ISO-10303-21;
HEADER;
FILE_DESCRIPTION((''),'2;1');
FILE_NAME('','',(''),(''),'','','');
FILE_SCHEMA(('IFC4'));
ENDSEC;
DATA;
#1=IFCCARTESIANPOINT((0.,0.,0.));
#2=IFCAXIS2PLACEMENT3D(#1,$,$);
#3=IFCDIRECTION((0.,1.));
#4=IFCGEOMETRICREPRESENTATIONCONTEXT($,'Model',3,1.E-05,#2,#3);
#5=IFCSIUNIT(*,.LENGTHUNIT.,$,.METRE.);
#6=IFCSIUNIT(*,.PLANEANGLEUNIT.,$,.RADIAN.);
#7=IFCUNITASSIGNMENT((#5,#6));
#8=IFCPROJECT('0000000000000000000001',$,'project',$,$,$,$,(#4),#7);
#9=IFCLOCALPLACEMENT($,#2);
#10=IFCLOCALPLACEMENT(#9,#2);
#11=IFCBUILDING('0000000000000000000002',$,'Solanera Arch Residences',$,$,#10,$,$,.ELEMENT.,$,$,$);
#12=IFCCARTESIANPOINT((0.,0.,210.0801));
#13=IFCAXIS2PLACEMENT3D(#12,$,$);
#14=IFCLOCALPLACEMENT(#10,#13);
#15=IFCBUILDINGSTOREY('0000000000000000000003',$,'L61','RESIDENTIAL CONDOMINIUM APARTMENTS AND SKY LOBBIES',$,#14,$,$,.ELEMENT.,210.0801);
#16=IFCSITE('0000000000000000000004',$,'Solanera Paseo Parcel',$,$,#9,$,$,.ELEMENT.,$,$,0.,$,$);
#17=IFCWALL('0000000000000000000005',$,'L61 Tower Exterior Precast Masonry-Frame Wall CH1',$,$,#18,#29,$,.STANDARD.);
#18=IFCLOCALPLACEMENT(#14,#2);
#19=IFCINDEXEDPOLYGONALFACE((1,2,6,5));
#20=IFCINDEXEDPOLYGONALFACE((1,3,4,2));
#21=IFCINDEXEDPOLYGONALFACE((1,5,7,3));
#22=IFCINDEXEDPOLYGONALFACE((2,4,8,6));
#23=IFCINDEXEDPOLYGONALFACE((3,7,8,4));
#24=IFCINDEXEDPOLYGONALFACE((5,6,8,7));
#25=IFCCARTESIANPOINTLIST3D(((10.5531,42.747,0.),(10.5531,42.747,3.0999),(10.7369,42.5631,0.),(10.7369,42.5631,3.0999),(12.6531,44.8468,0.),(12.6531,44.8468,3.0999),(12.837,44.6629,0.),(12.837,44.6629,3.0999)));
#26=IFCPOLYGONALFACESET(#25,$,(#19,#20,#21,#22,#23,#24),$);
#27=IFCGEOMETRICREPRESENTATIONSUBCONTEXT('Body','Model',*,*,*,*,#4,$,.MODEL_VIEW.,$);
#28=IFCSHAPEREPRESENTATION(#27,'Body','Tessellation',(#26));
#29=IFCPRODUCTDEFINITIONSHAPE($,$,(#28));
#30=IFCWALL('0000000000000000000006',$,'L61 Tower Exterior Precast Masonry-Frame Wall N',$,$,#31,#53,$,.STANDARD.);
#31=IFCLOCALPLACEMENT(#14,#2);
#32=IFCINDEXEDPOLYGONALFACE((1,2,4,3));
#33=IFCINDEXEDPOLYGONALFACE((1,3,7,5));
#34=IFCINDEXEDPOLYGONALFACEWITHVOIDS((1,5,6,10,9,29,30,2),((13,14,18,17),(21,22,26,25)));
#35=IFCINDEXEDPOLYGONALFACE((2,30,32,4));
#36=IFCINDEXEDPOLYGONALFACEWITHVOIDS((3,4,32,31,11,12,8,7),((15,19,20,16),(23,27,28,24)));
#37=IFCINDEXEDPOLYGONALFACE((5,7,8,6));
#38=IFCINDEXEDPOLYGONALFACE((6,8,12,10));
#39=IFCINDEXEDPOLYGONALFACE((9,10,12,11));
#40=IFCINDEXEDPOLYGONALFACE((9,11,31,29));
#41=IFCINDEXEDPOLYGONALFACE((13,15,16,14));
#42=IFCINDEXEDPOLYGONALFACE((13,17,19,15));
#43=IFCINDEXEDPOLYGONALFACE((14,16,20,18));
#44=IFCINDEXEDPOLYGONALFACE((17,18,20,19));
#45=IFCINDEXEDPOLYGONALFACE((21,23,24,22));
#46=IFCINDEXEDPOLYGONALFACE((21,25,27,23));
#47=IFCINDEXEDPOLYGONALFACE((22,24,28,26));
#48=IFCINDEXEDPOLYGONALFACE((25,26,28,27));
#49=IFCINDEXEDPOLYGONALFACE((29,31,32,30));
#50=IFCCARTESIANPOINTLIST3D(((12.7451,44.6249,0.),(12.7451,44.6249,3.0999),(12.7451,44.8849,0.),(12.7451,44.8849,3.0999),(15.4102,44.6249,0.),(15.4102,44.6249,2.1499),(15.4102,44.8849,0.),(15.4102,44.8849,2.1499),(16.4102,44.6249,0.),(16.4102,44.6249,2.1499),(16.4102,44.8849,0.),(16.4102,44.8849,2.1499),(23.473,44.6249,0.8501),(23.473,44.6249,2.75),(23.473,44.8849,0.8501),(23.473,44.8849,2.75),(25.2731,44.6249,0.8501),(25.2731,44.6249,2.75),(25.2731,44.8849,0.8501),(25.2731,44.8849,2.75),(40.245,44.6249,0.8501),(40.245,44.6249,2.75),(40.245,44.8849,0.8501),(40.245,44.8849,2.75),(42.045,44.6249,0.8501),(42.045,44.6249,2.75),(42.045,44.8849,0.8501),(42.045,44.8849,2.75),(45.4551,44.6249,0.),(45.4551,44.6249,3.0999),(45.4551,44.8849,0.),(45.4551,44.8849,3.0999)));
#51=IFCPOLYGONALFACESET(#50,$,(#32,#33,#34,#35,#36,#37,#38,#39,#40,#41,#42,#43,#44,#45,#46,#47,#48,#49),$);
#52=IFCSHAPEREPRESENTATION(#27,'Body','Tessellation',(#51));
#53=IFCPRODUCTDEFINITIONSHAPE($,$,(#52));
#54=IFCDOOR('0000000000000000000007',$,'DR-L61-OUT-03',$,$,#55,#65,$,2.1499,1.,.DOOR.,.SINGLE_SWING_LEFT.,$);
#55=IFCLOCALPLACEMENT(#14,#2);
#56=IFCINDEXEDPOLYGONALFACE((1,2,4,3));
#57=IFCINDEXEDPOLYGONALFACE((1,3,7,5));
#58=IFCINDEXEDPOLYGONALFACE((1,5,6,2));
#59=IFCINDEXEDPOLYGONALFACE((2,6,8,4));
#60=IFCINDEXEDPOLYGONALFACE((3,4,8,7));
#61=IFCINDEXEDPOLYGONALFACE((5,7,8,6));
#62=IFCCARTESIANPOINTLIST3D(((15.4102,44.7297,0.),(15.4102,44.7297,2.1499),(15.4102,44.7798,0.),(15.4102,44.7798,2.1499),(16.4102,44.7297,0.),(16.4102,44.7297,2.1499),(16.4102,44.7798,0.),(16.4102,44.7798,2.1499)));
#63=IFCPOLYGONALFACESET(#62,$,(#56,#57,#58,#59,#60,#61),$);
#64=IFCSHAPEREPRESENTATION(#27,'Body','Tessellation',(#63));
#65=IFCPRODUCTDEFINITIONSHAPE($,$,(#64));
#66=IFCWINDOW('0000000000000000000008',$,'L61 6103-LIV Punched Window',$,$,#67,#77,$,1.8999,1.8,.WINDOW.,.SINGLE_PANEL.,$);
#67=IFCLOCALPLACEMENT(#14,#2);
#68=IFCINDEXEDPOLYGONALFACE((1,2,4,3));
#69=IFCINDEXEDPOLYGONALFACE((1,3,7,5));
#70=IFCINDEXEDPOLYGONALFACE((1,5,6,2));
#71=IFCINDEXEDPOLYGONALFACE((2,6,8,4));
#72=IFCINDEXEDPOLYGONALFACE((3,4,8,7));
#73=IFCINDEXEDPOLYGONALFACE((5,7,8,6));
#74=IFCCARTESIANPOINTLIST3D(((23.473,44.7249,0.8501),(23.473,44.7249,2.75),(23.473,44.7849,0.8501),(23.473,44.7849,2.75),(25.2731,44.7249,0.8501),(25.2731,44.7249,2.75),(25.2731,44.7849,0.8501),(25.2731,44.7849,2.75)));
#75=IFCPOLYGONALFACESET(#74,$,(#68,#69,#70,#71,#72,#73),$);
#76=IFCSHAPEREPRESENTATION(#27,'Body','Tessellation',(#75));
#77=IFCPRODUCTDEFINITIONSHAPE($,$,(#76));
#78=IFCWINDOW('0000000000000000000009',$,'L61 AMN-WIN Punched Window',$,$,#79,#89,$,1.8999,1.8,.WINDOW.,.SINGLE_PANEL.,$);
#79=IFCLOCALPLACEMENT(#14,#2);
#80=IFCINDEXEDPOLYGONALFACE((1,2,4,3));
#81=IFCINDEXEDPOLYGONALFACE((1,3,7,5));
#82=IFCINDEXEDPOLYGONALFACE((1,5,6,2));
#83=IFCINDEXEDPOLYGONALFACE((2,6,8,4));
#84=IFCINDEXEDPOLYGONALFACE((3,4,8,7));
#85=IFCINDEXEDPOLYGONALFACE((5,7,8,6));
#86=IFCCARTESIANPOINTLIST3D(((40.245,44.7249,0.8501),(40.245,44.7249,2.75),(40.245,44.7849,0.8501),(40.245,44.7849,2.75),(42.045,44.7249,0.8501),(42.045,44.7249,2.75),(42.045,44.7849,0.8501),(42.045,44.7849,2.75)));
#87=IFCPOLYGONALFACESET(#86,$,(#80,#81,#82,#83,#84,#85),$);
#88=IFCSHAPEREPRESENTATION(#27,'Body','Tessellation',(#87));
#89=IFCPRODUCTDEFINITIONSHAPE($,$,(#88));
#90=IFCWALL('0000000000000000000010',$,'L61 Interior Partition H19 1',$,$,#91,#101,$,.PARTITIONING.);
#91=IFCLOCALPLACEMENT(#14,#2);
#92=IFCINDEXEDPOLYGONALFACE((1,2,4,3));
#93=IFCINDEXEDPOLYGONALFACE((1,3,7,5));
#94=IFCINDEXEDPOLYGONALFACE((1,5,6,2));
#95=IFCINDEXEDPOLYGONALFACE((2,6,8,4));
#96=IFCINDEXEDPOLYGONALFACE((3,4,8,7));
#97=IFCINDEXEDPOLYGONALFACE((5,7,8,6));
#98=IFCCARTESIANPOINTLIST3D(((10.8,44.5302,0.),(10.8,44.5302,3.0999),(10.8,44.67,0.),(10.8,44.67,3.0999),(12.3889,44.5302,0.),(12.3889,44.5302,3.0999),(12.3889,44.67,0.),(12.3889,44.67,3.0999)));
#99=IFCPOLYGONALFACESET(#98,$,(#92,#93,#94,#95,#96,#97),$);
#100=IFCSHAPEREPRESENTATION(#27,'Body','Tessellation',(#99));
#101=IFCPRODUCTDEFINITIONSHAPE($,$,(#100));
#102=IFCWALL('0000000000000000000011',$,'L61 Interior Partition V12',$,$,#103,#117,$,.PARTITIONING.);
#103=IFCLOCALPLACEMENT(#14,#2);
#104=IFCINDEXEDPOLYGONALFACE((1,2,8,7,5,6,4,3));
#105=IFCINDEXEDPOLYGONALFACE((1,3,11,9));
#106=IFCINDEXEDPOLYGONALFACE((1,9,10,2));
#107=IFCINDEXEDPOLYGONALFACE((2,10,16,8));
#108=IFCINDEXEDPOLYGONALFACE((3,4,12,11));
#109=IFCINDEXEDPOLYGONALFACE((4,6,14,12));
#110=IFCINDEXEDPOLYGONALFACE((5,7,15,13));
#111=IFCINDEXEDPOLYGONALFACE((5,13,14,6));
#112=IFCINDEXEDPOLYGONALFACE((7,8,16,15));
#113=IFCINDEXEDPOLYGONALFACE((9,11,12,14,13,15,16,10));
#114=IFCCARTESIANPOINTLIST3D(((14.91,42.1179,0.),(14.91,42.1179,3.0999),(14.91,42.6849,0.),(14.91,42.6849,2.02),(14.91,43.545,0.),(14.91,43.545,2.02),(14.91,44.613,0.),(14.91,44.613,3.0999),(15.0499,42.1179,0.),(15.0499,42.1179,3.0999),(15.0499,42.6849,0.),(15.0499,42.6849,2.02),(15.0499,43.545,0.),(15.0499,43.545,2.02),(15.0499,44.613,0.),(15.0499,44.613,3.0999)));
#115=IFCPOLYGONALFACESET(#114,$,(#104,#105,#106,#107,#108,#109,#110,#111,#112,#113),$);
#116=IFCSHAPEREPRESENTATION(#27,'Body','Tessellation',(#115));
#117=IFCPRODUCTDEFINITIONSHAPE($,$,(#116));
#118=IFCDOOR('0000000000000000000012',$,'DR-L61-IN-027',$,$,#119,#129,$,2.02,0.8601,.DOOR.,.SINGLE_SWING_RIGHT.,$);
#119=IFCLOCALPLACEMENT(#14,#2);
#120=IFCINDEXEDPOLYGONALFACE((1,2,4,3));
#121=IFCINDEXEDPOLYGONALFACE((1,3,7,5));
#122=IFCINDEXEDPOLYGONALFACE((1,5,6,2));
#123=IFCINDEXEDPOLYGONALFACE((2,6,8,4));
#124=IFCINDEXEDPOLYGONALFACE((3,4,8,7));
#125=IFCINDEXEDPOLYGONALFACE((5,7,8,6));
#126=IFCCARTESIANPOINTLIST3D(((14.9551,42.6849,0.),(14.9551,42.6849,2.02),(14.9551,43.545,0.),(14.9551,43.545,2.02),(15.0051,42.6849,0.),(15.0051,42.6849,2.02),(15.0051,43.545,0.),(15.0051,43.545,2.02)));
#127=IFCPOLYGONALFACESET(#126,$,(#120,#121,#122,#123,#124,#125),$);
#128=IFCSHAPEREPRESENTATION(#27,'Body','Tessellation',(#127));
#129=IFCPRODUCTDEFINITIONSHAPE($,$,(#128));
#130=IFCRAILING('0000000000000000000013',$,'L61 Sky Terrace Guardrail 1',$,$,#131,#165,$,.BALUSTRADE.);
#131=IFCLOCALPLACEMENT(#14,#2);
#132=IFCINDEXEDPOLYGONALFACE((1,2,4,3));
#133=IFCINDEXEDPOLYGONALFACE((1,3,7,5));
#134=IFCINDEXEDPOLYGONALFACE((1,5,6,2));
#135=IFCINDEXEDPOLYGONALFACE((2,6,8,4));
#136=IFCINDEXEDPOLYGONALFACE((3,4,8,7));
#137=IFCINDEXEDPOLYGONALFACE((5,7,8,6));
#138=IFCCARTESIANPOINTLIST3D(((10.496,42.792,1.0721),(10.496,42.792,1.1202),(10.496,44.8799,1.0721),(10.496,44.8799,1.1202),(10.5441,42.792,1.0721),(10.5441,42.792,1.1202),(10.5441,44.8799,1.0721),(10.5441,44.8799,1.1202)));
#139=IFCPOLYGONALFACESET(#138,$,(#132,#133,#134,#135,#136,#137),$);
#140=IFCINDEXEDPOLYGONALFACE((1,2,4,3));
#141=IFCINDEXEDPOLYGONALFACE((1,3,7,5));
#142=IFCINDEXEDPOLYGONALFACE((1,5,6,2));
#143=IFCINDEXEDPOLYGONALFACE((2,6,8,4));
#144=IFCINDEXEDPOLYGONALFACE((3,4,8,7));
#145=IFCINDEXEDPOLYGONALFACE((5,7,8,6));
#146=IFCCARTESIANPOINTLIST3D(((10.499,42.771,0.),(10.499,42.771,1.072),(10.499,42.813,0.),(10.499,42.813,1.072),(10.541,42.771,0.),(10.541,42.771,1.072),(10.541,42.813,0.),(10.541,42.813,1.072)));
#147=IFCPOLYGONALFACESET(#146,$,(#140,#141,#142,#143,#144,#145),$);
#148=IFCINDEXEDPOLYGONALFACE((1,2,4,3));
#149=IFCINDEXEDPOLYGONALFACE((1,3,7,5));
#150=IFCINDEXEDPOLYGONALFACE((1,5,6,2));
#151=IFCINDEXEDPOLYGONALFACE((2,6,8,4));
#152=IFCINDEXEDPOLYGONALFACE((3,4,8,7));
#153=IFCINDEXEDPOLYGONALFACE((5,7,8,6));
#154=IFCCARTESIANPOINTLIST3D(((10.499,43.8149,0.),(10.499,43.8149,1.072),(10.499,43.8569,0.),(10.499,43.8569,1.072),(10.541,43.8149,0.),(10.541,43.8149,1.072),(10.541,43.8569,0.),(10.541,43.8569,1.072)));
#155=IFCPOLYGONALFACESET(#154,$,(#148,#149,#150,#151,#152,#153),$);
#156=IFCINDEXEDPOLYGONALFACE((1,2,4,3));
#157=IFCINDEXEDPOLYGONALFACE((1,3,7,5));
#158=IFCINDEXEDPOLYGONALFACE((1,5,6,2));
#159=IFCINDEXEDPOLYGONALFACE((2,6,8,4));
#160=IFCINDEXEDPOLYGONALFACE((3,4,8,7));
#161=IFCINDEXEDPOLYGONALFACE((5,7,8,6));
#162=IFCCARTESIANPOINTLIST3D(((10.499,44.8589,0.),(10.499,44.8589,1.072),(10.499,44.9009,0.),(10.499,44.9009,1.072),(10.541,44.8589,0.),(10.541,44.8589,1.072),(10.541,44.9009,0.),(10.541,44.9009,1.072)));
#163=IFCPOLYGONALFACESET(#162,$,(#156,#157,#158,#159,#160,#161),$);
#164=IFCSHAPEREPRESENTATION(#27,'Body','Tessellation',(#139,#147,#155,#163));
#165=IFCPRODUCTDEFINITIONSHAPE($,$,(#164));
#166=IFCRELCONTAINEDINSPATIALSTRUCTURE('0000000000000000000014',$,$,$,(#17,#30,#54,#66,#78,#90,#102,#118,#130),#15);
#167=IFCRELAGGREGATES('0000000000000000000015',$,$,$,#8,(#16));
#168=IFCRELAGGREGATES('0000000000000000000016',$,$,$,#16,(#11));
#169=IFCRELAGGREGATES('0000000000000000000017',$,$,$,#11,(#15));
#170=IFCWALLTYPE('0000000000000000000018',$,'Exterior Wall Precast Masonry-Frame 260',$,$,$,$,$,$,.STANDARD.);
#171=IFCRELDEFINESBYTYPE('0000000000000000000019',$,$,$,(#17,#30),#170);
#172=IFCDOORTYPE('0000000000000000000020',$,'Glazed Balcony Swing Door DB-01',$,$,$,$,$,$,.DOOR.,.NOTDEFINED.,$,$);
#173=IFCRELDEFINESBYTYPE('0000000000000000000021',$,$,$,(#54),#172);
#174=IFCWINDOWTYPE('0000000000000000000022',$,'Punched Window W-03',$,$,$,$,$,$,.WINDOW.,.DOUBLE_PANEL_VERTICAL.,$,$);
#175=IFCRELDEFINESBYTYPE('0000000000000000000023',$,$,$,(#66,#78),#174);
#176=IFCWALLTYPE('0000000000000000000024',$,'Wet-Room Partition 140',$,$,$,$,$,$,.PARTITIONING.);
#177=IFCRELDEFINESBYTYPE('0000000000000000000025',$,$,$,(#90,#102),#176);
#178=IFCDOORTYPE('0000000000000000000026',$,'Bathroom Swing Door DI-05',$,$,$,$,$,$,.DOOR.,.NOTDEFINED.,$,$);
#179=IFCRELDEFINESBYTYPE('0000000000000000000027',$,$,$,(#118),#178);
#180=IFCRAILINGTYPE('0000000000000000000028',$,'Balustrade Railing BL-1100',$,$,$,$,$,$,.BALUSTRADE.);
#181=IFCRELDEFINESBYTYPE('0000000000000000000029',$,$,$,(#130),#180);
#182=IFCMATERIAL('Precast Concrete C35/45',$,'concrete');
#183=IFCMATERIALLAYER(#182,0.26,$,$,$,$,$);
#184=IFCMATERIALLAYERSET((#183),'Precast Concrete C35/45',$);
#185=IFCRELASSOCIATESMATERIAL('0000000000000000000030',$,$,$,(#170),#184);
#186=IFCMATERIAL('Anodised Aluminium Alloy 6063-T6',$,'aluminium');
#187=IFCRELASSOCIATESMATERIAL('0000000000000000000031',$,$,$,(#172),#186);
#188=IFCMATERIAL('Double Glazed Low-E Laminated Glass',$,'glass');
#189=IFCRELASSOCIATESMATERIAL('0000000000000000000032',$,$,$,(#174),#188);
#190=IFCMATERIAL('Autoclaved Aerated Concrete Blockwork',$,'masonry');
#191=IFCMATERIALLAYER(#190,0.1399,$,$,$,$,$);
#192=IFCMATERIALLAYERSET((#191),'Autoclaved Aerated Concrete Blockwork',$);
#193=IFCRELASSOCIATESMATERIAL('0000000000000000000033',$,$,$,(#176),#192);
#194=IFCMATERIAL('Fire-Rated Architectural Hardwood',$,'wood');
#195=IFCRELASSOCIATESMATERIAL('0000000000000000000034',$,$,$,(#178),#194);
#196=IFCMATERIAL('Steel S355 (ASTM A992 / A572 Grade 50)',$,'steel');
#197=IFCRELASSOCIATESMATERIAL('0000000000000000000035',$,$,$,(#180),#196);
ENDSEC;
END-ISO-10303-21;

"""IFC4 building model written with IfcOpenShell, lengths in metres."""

from ifc_helpers import new_model, si_unit, direction, frame, frame_2d, origin, origin_2d, place, context, subcontext, project, spatial, rectangle, extrude, material, layer, layer_set, type_object, element, fill, save


model = new_model("IFC4")

# Units and contexts
model_context = context("Model", 3, precision=1e-05, world=origin(), true_north=direction((0.0, 1.0)))
body_context = subcontext(model_context, "Body", "Model", "MODEL_VIEW")
ifc_project = project(units=[si_unit("LENGTHUNIT", "METRE"), si_unit("PLANEANGLEUNIT", "RADIAN")], contexts=[model_context])

# Site, building, storey
site_placement = place(None, origin())
site = spatial("IfcSite", under=ifc_project, at=site_placement, Name="Solanera Paseo Parcel", CompositionType="ELEMENT", RefElevation=0.0)
building_placement = place(site_placement, origin())
building = spatial("IfcBuilding", under=site, at=building_placement, Name="Solanera Arch Residences", CompositionType="ELEMENT")
storey_placement = place(building_placement, frame((0.0, 0.0, 210.0801)))
storey = spatial("IfcBuildingStorey", under=building, at=storey_placement, Name="L61", Description="RESIDENTIAL CONDOMINIUM APARTMENTS AND SKY LOBBIES", CompositionType="ELEMENT", Elevation=210.0801)

# Wall
ifc_material_1 = material(Name="Precast Concrete C35/45", Category="concrete")
ifc_layer_1 = layer(ifc_material_1, 0.26)
ifc_layer_set_1 = layer_set([ifc_layer_1], Name="Precast Concrete C35/45")
wall_type_1 = type_object("IfcWallType", Name="Exterior Wall Precast Masonry-Frame 260", PredefinedType="STANDARD", material=ifc_layer_set_1)
wall_1_placement = place(storey_placement, frame((10.645, 42.655, 0.0), z_axis=(0.0, 0.0, 1.0), x_axis=(0.707148, 0.707066, 0.0)))
element("IfcWall", 1, at=wall_1_placement, inside=storey, type_object=wall_type_1, Name="L61 Tower Exterior Precast Masonry-Frame Wall CH1", PredefinedType="STANDARD", context=body_context, shape_type="SweptSolid", body=[
    extrude(rectangle(XDim=2.9697, YDim=0.26, at=frame_2d((1.4849, 0.0))), origin(), (0.0, 0.0, 1.0), 3.0999),
])

# Wall, openings, door, windows
wall_2_placement = place(storey_placement, frame((12.7451, 44.7549, 0.0), z_axis=(0.0, 0.0, 1.0), x_axis=(1.0, 0.0, 0.0)))
wall_2 = element("IfcWall", 2, at=wall_2_placement, inside=storey, type_object=wall_type_1, Name="L61 Tower Exterior Precast Masonry-Frame Wall N", PredefinedType="STANDARD", context=body_context, shape_type="SweptSolid", body=[
    extrude(rectangle(XDim=32.71, YDim=0.26, at=frame_2d((16.355, 0.0))), origin(), (0.0, 0.0, 1.0), 3.0999),
])
opening_1_placement = place(wall_2_placement, frame((2.665, 0.0, 0.0)))
opening_1 = element("IfcOpeningElement", 3, at=opening_1_placement, cuts=wall_2, PredefinedType="OPENING", context=body_context, shape_type="SweptSolid", body=[
    extrude(rectangle(XDim=1.0, YDim=2.1499, at=frame_2d((0.5, 1.075))), frame((0.0, 0.1399, 0.0), z_axis=(0.0, -1.0, 0.0), x_axis=(1.0, 0.0, 0.0)), (0.0, 0.0, 1.0), 0.28),
])
opening_2_placement = place(wall_2_placement, frame((10.728, 0.0, 0.8501)))
opening_2 = element("IfcOpeningElement", 4, at=opening_2_placement, cuts=wall_2, PredefinedType="OPENING", context=body_context, shape_type="SweptSolid", body=[
    extrude(rectangle(XDim=1.8, YDim=1.8999, at=frame_2d((0.8999, 0.95))), frame((0.0, 0.1399, 0.0), z_axis=(0.0, -1.0, 0.0), x_axis=(1.0, 0.0, 0.0)), (0.0, 0.0, 1.0), 0.28),
])
opening_3_placement = place(wall_2_placement, frame((27.5, 0.0, 0.8501)))
opening_3 = element("IfcOpeningElement", 5, at=opening_3_placement, cuts=wall_2, PredefinedType="OPENING", context=body_context, shape_type="SweptSolid", body=[
    extrude(rectangle(XDim=1.8, YDim=1.8999, at=frame_2d((0.8999, 0.95))), frame((0.0, 0.1399, 0.0), z_axis=(0.0, -1.0, 0.0), x_axis=(1.0, 0.0, 0.0)), (0.0, 0.0, 1.0), 0.28),
])
ifc_material_2 = material(Name="Anodised Aluminium Alloy 6063-T6", Category="aluminium")
door_type_1 = type_object("IfcDoorType", Name="Glazed Balcony Swing Door DB-01", OperationType="NOTDEFINED", PredefinedType="DOOR", material=ifc_material_2)
door_1_placement = place(opening_1_placement, origin())
door_1 = element("IfcDoor", 6, at=door_1_placement, inside=storey, type_object=door_type_1, Name="DR-L61-OUT-03", OperationType="SINGLE_SWING_LEFT", OverallHeight=2.1499, OverallWidth=1.0, PredefinedType="DOOR", context=body_context, shape_type="SweptSolid", body=[
    extrude(rectangle(XDim=1.0, YDim=2.1499, at=frame_2d((0.5, 1.075))), frame((0.0, 0.0249, 0.0), z_axis=(0.0, -1.0, 0.0), x_axis=(1.0, 0.0, 0.0)), (0.0, 0.0, 1.0), 0.05),
])
fill(opening_1, door_1)
ifc_material_3 = material(Name="Double Glazed Low-E Laminated Glass", Category="glass")
window_type = type_object("IfcWindowType", Name="Punched Window W-03", PartitioningType="DOUBLE_PANEL_VERTICAL", PredefinedType="WINDOW", material=ifc_material_3)
window_1_placement = place(opening_2_placement, origin())
window_1 = element("IfcWindow", 7, at=window_1_placement, inside=storey, type_object=window_type, Name="L61 6103-LIV Punched Window", OverallHeight=1.8999, OverallWidth=1.8, PartitioningType="SINGLE_PANEL", PredefinedType="WINDOW", context=body_context, shape_type="SweptSolid", body=[
    extrude(rectangle(XDim=1.8, YDim=1.8999, at=frame_2d((0.8999, 0.95))), frame((0.0, 0.03, 0.0), z_axis=(0.0, -1.0, 0.0), x_axis=(1.0, 0.0, 0.0)), (0.0, 0.0, 1.0), 0.0601),
])
fill(opening_2, window_1)
window_2_placement = place(opening_3_placement, origin())
window_2 = element("IfcWindow", 8, at=window_2_placement, inside=storey, type_object=window_type, Name="L61 AMN-WIN Punched Window", OverallHeight=1.8999, OverallWidth=1.8, PartitioningType="SINGLE_PANEL", PredefinedType="WINDOW", context=body_context, shape_type="SweptSolid", body=[
    extrude(rectangle(XDim=1.8, YDim=1.8999, at=frame_2d((0.8999, 0.95))), frame((0.0, 0.03, 0.0), z_axis=(0.0, -1.0, 0.0), x_axis=(1.0, 0.0, 0.0)), (0.0, 0.0, 1.0), 0.0601),
])
fill(opening_3, window_2)

# Wall
ifc_material_4 = material(Name="Autoclaved Aerated Concrete Blockwork", Category="masonry")
ifc_layer_2 = layer(ifc_material_4, 0.1399)
ifc_layer_set_2 = layer_set([ifc_layer_2], Name="Autoclaved Aerated Concrete Blockwork")
wall_type_2 = type_object("IfcWallType", Name="Wet-Room Partition 140", PredefinedType="PARTITIONING", material=ifc_layer_set_2)
wall_3_placement = place(storey_placement, frame((10.8, 44.6001, 0.0), z_axis=(0.0, 0.0, 1.0), x_axis=(1.0, 0.0, 0.0)))
element("IfcWall", 9, at=wall_3_placement, inside=storey, type_object=wall_type_2, Name="L61 Interior Partition H19 1", PredefinedType="PARTITIONING", context=body_context, shape_type="SweptSolid", body=[
    extrude(rectangle(XDim=1.5889, YDim=0.1399, at=frame_2d((0.7944, 0.0))), origin(), (0.0, 0.0, 1.0), 3.0999),
])

# Wall, opening, door
wall_4_placement = place(storey_placement, frame((14.98, 42.1179, 0.0), z_axis=(0.0, 0.0, 1.0), x_axis=(0.0, 1.0, 0.0)))
wall_4 = element("IfcWall", 10, at=wall_4_placement, inside=storey, type_object=wall_type_2, Name="L61 Interior Partition V12", PredefinedType="PARTITIONING", context=body_context, shape_type="SweptSolid", body=[
    extrude(rectangle(XDim=2.4951, YDim=0.1399, at=frame_2d((1.2476, 0.0))), origin(), (0.0, 0.0, 1.0), 3.0999),
])
opening_4_placement = place(wall_4_placement, frame((0.5669, 0.0, 0.0)))
opening_4 = element("IfcOpeningElement", 11, at=opening_4_placement, cuts=wall_4, PredefinedType="OPENING", context=body_context, shape_type="SweptSolid", body=[
    extrude(rectangle(XDim=0.8601, YDim=2.02, at=frame_2d((0.4302, 1.01))), frame((0.0, 0.0798, 0.0), z_axis=(0.0, -1.0, 0.0), x_axis=(1.0, 0.0, 0.0)), (0.0, 0.0, 1.0), 0.1599),
])
ifc_material_5 = material(Name="Fire-Rated Architectural Hardwood", Category="wood")
door_type_2 = type_object("IfcDoorType", Name="Bathroom Swing Door DI-05", OperationType="NOTDEFINED", PredefinedType="DOOR", material=ifc_material_5)
door_2_placement = place(opening_4_placement, origin())
door_2 = element("IfcDoor", 12, at=door_2_placement, inside=storey, type_object=door_type_2, Name="DR-L61-IN-027", OperationType="SINGLE_SWING_RIGHT", OverallHeight=2.02, OverallWidth=0.8601, PredefinedType="DOOR", context=body_context, shape_type="SweptSolid", body=[
    extrude(rectangle(XDim=0.8601, YDim=2.02, at=frame_2d((0.4302, 1.01))), frame((0.0, 0.0249, 0.0), z_axis=(0.0, -1.0, 0.0), x_axis=(1.0, 0.0, 0.0)), (0.0, 0.0, 1.0), 0.05),
])
fill(opening_4, door_2)

# Railing
ifc_material_6 = material(Name="Steel S355 (ASTM A992 / A572 Grade 50)", Category="steel")
railing_type = type_object("IfcRailingType", Name="Balustrade Railing BL-1100", PredefinedType="BALUSTRADE", material=ifc_material_6)
railing_1_placement = place(storey_placement, frame((10.52, 42.792, 0.0)))
element("IfcRailing", 13, at=railing_1_placement, inside=storey, type_object=railing_type, Name="L61 Sky Terrace Guardrail 1", PredefinedType="BALUSTRADE", context=body_context, shape_type="SweptSolid", body=[
    extrude(rectangle(XDim=0.0481, YDim=0.0481, at=origin_2d()), frame((0.0, 0.0, 1.0962), z_axis=(0.0, 1.0, 0.0), x_axis=(-1.0, 0.0, 0.0)), (0.0, 0.0, 1.0), 2.0879),
    extrude(rectangle(XDim=0.042, YDim=0.042, at=origin_2d()), origin(), (0.0, 0.0, 1.0), 1.072),
    extrude(rectangle(XDim=0.042, YDim=0.042, at=origin_2d()), frame((0.0, 1.0439, 0.0)), (0.0, 0.0, 1.0), 1.072),
    extrude(rectangle(XDim=0.042, YDim=0.042, at=origin_2d()), frame((0.0, 2.0879, 0.0)), (0.0, 0.0, 1.0), 1.072),
])

save(model, "model.ifc")
